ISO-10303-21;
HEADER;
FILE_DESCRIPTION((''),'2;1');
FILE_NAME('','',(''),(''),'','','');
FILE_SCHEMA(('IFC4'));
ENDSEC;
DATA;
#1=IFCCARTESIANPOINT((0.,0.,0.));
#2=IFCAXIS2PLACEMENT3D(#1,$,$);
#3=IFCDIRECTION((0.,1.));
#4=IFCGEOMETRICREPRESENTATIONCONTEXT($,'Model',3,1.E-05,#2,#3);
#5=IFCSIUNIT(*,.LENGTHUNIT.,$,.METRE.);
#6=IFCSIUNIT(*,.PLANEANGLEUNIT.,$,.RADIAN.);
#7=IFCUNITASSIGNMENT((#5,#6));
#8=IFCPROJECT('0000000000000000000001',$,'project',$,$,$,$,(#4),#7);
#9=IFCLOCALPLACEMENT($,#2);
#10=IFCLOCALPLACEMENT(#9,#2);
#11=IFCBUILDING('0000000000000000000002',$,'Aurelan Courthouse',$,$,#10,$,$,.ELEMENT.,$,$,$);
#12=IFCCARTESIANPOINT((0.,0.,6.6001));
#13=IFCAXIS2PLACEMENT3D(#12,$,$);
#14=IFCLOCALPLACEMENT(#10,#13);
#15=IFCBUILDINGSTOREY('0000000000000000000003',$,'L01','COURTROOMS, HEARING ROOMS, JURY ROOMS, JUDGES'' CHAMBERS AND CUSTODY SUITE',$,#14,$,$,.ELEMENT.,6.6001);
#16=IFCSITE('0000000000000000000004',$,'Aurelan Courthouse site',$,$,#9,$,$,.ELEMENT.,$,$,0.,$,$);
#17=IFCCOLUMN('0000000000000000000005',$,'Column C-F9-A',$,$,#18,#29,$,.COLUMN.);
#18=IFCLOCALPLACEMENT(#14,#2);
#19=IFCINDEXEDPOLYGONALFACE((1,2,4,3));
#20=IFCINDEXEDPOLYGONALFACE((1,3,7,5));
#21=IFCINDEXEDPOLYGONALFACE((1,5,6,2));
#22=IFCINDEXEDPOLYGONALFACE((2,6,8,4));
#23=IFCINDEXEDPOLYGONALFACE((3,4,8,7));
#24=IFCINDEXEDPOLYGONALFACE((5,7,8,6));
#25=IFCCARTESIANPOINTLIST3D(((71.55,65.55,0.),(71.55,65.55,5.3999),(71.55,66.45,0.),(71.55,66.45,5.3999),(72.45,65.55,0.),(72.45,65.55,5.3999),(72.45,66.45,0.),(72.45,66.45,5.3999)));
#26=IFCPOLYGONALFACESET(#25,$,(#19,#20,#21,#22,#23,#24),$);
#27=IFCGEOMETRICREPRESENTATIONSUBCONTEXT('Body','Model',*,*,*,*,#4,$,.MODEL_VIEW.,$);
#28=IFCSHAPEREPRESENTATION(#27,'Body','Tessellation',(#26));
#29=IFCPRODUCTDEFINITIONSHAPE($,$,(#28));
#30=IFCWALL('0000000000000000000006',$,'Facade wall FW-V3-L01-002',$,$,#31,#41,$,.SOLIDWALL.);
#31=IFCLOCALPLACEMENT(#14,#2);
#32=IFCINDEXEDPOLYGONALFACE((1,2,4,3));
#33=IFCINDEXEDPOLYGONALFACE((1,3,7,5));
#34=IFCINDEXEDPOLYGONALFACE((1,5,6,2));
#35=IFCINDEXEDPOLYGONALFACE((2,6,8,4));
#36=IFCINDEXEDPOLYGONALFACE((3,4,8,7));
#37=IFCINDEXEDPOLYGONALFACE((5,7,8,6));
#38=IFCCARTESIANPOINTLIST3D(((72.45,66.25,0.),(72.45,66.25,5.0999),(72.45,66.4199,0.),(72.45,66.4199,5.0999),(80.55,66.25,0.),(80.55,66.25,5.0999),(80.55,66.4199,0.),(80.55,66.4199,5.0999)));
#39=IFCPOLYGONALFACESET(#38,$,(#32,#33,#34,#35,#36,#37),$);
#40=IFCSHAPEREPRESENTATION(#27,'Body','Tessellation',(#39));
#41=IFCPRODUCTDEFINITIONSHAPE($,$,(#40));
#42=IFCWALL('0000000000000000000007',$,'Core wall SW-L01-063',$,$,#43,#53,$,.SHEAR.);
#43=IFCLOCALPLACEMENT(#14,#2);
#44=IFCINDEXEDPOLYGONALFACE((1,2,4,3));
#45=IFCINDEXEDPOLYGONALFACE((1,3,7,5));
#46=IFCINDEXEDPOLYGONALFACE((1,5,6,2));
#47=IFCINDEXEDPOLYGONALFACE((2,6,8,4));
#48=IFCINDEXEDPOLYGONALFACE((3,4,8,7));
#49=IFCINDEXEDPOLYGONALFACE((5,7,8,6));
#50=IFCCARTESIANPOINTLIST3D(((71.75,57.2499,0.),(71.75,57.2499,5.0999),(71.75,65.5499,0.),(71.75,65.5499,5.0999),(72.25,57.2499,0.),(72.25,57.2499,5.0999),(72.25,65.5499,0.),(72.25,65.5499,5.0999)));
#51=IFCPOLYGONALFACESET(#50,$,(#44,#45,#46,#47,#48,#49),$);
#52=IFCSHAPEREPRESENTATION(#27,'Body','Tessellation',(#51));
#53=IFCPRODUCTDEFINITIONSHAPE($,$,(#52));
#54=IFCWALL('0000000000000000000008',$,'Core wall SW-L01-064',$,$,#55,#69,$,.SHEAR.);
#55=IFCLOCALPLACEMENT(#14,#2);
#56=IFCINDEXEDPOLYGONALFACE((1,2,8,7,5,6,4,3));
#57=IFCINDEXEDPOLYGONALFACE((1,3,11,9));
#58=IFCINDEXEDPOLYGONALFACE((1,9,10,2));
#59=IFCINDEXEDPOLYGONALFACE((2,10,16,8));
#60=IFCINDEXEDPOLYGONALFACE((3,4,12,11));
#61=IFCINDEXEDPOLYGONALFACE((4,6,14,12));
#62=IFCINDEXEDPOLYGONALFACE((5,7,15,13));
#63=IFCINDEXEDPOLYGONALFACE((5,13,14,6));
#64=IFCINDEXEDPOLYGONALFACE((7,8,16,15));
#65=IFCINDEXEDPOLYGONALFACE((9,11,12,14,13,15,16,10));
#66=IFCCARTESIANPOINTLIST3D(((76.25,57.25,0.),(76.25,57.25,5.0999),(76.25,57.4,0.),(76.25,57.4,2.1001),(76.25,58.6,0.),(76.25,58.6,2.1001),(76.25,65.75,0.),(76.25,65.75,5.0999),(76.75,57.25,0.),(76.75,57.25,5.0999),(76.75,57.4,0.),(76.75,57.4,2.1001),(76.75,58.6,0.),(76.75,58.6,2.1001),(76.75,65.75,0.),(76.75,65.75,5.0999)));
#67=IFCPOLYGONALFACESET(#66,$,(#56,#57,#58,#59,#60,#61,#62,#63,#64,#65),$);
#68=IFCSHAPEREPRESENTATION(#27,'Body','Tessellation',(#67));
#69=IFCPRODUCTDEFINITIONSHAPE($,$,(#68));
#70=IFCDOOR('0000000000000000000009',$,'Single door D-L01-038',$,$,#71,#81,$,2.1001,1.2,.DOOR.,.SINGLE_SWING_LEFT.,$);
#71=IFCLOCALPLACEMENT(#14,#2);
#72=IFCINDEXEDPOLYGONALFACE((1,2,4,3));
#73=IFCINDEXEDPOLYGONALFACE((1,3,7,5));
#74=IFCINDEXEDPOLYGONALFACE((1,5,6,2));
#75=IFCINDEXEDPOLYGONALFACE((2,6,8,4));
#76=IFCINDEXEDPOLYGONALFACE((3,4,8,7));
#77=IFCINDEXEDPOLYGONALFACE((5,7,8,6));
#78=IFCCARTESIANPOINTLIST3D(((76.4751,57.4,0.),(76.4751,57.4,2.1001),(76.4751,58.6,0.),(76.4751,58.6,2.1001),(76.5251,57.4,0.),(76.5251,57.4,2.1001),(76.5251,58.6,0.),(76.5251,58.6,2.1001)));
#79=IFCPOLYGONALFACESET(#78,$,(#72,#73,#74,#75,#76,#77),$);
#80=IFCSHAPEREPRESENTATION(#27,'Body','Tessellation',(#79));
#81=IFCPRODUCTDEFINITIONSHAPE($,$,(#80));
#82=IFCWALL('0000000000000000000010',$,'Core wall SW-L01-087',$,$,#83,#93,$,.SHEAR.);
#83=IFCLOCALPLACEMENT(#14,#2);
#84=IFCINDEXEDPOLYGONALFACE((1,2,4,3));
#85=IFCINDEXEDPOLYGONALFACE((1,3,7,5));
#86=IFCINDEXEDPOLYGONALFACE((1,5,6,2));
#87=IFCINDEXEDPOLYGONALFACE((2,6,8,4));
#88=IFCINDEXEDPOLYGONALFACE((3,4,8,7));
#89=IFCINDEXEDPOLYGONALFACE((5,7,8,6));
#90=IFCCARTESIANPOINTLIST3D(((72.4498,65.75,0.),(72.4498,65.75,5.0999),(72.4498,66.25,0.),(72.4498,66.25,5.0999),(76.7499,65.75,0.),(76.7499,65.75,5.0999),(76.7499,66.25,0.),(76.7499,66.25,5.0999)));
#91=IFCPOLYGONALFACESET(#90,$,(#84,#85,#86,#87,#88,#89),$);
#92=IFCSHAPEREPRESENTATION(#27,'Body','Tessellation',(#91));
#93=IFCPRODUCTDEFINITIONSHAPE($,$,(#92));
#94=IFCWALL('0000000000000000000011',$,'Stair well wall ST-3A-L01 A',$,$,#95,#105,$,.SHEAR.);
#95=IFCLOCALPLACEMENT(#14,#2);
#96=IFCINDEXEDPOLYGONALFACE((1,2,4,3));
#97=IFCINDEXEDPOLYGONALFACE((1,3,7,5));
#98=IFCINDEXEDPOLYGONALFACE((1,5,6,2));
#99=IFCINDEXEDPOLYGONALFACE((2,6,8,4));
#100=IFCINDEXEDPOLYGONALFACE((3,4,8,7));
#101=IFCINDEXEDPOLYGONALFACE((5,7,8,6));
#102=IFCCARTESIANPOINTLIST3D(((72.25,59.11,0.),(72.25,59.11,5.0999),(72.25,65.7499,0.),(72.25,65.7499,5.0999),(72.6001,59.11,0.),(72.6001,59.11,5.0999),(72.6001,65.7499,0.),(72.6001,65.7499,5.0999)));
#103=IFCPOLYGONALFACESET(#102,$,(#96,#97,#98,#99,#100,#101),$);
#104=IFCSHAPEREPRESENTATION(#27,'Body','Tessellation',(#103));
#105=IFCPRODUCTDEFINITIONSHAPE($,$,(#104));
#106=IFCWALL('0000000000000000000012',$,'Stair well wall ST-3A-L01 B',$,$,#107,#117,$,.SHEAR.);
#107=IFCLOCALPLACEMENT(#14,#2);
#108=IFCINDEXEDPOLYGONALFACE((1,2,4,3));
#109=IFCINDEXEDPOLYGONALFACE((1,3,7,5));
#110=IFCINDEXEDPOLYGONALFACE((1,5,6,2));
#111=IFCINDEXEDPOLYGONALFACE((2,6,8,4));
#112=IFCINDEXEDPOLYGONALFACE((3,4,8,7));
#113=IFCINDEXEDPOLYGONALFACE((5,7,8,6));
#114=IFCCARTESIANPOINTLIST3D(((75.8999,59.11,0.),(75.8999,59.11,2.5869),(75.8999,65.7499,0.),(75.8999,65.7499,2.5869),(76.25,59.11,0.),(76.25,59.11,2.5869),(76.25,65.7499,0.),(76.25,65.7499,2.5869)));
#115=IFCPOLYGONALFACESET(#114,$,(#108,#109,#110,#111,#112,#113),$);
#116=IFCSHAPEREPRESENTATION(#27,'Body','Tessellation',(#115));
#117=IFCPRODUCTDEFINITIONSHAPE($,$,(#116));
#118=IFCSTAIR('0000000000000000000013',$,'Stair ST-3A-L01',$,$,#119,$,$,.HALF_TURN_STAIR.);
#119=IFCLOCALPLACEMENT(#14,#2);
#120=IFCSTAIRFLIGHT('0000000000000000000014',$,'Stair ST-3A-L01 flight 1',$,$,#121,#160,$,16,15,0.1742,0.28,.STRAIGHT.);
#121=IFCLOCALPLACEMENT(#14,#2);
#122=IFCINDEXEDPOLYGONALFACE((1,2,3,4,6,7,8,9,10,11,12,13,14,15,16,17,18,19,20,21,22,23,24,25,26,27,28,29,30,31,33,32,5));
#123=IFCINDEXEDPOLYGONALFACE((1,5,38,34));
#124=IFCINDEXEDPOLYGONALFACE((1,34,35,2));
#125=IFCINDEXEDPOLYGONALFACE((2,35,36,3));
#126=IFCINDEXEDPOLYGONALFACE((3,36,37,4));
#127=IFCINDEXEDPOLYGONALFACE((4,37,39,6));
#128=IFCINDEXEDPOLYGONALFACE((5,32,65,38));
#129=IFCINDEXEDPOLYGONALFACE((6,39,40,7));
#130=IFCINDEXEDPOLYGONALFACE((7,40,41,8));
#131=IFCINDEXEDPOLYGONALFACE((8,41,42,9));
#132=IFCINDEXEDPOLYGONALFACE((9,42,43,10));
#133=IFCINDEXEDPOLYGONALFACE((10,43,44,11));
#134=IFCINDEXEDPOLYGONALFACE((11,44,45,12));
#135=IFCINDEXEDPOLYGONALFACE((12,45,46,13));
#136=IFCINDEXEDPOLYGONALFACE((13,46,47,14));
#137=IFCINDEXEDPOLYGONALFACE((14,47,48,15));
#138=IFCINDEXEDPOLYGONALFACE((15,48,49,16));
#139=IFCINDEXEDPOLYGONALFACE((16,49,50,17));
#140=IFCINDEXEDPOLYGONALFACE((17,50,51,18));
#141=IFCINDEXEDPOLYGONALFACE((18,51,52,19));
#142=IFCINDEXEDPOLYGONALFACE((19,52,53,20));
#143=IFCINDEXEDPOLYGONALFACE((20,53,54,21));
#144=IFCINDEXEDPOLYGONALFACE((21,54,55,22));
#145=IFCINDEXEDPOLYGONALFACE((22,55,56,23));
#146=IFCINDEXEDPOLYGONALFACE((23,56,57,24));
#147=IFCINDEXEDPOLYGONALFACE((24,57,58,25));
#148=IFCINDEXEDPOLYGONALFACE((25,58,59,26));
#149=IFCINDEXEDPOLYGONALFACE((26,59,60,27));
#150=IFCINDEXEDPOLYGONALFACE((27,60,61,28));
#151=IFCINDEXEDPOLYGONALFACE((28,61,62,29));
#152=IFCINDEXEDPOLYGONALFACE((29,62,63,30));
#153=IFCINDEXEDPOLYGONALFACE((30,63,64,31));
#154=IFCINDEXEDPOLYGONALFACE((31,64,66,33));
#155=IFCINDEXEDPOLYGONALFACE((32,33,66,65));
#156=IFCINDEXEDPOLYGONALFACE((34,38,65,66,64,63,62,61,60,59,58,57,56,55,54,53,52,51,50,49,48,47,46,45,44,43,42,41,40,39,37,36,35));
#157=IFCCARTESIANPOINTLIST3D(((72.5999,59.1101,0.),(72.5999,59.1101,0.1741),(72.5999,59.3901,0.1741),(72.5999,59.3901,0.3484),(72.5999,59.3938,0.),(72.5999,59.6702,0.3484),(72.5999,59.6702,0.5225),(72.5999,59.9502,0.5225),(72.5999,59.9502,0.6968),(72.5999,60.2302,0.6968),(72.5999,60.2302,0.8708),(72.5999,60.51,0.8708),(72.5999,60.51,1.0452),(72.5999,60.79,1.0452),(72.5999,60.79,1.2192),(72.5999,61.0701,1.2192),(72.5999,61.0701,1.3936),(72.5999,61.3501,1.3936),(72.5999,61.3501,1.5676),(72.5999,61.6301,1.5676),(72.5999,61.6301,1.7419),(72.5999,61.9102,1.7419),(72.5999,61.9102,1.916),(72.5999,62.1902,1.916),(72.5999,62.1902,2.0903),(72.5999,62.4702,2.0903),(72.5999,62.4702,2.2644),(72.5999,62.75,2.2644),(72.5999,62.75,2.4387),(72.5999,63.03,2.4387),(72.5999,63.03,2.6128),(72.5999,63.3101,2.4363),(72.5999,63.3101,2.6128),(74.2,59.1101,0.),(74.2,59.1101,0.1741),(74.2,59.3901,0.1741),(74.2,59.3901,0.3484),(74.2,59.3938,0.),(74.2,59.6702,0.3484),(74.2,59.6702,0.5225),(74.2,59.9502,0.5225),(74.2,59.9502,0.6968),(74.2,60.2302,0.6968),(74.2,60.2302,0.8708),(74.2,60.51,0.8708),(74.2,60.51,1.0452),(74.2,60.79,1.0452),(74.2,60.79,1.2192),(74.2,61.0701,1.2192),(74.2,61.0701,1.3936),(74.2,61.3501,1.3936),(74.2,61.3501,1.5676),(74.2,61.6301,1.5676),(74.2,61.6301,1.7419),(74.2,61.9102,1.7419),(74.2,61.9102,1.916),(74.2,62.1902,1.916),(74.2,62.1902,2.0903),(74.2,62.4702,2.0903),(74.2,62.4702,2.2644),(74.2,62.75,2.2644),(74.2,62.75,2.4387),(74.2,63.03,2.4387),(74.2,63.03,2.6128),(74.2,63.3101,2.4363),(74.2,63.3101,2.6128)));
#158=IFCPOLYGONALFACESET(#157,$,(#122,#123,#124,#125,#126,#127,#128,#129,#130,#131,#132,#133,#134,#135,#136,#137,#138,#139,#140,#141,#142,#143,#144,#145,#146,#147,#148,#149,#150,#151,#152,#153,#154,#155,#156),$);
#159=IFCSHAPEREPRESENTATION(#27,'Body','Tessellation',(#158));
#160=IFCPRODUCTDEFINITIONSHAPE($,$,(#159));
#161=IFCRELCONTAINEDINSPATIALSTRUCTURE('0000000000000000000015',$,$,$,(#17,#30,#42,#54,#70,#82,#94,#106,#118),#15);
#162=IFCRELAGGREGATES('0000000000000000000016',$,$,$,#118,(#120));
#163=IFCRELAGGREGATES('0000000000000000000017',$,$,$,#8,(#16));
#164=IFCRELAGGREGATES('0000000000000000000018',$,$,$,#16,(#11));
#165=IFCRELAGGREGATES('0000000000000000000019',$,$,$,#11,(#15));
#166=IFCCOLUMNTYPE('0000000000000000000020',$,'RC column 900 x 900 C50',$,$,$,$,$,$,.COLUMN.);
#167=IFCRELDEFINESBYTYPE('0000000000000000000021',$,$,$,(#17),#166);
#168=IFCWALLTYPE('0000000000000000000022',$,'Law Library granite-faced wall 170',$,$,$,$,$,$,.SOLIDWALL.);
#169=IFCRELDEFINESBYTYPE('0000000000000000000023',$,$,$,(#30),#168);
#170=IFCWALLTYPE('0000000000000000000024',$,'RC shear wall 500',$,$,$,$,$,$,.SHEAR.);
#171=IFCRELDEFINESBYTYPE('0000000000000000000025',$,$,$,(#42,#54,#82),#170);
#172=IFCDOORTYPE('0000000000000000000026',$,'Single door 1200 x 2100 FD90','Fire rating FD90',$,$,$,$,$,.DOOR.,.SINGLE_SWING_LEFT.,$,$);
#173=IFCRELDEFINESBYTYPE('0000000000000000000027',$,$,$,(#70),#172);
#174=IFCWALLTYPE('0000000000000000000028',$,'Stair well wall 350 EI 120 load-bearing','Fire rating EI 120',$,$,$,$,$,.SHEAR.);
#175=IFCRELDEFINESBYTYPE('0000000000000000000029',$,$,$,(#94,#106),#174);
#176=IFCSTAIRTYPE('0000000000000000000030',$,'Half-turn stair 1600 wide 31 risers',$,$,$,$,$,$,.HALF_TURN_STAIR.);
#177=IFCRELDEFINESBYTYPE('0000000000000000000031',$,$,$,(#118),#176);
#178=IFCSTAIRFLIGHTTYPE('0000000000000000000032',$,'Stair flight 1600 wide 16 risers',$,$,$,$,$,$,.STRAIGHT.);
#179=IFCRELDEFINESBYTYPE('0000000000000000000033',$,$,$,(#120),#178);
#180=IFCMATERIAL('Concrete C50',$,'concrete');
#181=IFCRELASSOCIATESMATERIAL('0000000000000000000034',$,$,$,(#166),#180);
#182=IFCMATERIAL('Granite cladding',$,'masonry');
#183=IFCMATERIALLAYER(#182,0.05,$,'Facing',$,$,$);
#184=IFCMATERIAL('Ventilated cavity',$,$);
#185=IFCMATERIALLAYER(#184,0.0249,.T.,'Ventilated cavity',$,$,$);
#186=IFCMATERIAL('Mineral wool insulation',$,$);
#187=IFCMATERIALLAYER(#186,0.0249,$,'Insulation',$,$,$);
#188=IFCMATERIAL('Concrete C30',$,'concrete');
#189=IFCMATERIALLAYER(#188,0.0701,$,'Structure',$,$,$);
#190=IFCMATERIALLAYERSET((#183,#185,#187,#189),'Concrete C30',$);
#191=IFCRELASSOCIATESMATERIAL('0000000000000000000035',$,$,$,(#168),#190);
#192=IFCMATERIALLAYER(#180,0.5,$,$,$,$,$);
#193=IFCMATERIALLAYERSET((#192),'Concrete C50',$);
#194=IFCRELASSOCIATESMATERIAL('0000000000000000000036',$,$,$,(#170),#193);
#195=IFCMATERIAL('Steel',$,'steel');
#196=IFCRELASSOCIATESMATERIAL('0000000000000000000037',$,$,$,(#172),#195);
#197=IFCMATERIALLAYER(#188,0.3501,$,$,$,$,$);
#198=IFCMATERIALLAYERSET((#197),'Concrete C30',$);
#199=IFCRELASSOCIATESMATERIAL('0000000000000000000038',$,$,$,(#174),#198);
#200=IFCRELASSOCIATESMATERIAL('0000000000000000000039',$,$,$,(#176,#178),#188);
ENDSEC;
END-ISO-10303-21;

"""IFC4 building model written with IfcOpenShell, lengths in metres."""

from ifc_helpers import new_model, si_unit, direction, frame, frame_2d, origin, origin_2d, place, context, subcontext, project, spatial, polyline, rectangle, outline, extrude, material, layer, layer_set, material_profile, profile_set, type_object, element, fill, aggregate, save


model = new_model("IFC4")

# Units and contexts
model_context = context("Model", 3, precision=1e-05, world=origin(), true_north=direction((0.0, 1.0)))
body_context = subcontext(model_context, "Body", "Model", "MODEL_VIEW")
ifc_project = project(units=[si_unit("LENGTHUNIT", "METRE"), si_unit("PLANEANGLEUNIT", "RADIAN")], contexts=[model_context])

# Site, building, storey
site_placement = place(None, origin())
site = spatial("IfcSite", under=ifc_project, at=site_placement, Name="Aurelan Courthouse site", CompositionType="ELEMENT", RefElevation=0.0)
building_placement = place(site_placement, origin())
building = spatial("IfcBuilding", under=site, at=building_placement, Name="Aurelan Courthouse", CompositionType="ELEMENT")
storey_placement = place(building_placement, frame((0.0, 0.0, 6.6001)))
storey = spatial("IfcBuildingStorey", under=building, at=storey_placement, Name="L01", Description="COURTROOMS, HEARING ROOMS, JURY ROOMS, JUDGES' CHAMBERS AND CUSTODY SUITE", CompositionType="ELEMENT", Elevation=6.6001)

# Column
ifc_material_1 = material(Name="Concrete C50", Category="concrete")
ifc_material_profile = material_profile(ifc_material_1, rectangle(XDim=0.8999, YDim=0.8999, at=origin_2d()), Name="RC 900 x 900")
ifc_profile_set = profile_set([ifc_material_profile], Name="Concrete C50")
column_type = type_object("IfcColumnType", Name="RC column 900 x 900 C50", PredefinedType="COLUMN", material=ifc_profile_set)
column_placement = place(storey_placement, frame((72.0, 66.0, 0.0), z_axis=(0.0, 0.0, 1.0), x_axis=(1.0, 0.0, 0.0)))
element("IfcColumn", 1, at=column_placement, inside=storey, type_object=column_type, Name="Column C-F9-A", PredefinedType="COLUMN", context=body_context, shape_type="SweptSolid", body=[
    extrude(rectangle(XDim=0.8999, YDim=0.8999, at=origin_2d()), origin(), (0.0, 0.0, 1.0), 5.3999),
])

# Walls
ifc_material_2 = material(Name="Granite cladding", Category="masonry")
ifc_layer_1 = layer(ifc_material_2, 0.05, Name="Facing")
ifc_material_3 = material(Name="Ventilated cavity")
ifc_layer_2 = layer(ifc_material_3, 0.0249, ventilated=True, Name="Ventilated cavity")
ifc_material_4 = material(Name="Mineral wool insulation")
ifc_layer_3 = layer(ifc_material_4, 0.0249, Name="Insulation")
ifc_material_5 = material(Name="Concrete C30", Category="concrete")
ifc_layer_4 = layer(ifc_material_5, 0.0701, Name="Structure")
ifc_layer_set_1 = layer_set([ifc_layer_1, ifc_layer_2, ifc_layer_3, ifc_layer_4], Name="Concrete C30")
wall_type_1 = type_object("IfcWallType", Name="Law Library granite-faced wall 170", PredefinedType="SOLIDWALL", material=ifc_layer_set_1)
wall_1_placement = place(storey_placement, frame((72.45, 66.335, 0.0), z_axis=(0.0, 0.0, 1.0), x_axis=(1.0, 0.0, 0.0)))
element("IfcWall", 2, at=wall_1_placement, inside=storey, type_object=wall_type_1, Name="Facade wall FW-V3-L01-002", PredefinedType="SOLIDWALL", context=body_context, shape_type="SweptSolid", body=[
    extrude(rectangle(XDim=8.1001, YDim=0.1699, at=frame_2d((4.05, 0.0))), origin(), (0.0, 0.0, 1.0), 5.0999),
])
ifc_layer_5 = layer(ifc_material_1, 0.5)
ifc_layer_set_2 = layer_set([ifc_layer_5], Name="Concrete C50")
wall_type_2 = type_object("IfcWallType", Name="RC shear wall 500", PredefinedType="SHEAR", material=ifc_layer_set_2)
wall_2_placement = place(storey_placement, frame((72.0, 57.25, 0.0), z_axis=(0.0, 0.0, 1.0), x_axis=(0.0, 1.0, 0.0)))
element("IfcWall", 3, at=wall_2_placement, inside=storey, type_object=wall_type_2, Name="Core wall SW-L01-063", PredefinedType="SHEAR", context=body_context, shape_type="SweptSolid", body=[
    extrude(rectangle(XDim=8.3, YDim=0.5, at=frame_2d((4.1499, 0.0))), origin(), (0.0, 0.0, 1.0), 5.0999),
])

# Wall, opening, door
wall_3_placement = place(storey_placement, frame((76.5, 57.25, 0.0), z_axis=(0.0, 0.0, 1.0), x_axis=(0.0, 1.0, 0.0)))
wall_3 = element("IfcWall", 4, at=wall_3_placement, inside=storey, type_object=wall_type_2, Name="Core wall SW-L01-064", PredefinedType="SHEAR", context=body_context, shape_type="SweptSolid", body=[
    extrude(rectangle(XDim=8.5, YDim=0.5, at=frame_2d((4.25, 0.0))), origin(), (0.0, 0.0, 1.0), 5.0999),
])
opening_placement = place(wall_3_placement, frame((0.1499, 0.0, 0.0)))
opening = element("IfcOpeningElement", 5, at=opening_placement, cuts=wall_3, PredefinedType="OPENING", context=body_context, shape_type="SweptSolid", body=[
    extrude(rectangle(XDim=1.2, YDim=2.1001, at=frame_2d((0.6001, 1.05))), frame((0.0, 0.26, 0.0), z_axis=(0.0, -1.0, 0.0), x_axis=(1.0, 0.0, 0.0)), (0.0, 0.0, 1.0), 0.52),
])
ifc_material_6 = material(Name="Steel", Category="steel")
door_type = type_object("IfcDoorType", Name="Single door 1200 x 2100 FD90", Description="Fire rating FD90", OperationType="SINGLE_SWING_LEFT", PredefinedType="DOOR", material=ifc_material_6)
door_placement = place(opening_placement, origin())
door = element("IfcDoor", 6, at=door_placement, inside=storey, type_object=door_type, Name="Single door D-L01-038", OperationType="SINGLE_SWING_LEFT", OverallHeight=2.1001, OverallWidth=1.2, PredefinedType="DOOR", context=body_context, shape_type="SweptSolid", body=[
    extrude(rectangle(XDim=1.2, YDim=2.1001, at=frame_2d((0.6001, 1.05))), frame((0.0, 0.0249, 0.0), z_axis=(0.0, -1.0, 0.0), x_axis=(1.0, 0.0, 0.0)), (0.0, 0.0, 1.0), 0.05),
])
fill(opening, door)

# Walls
wall_4_placement = place(storey_placement, frame((72.45, 66.0, 0.0), z_axis=(0.0, 0.0, 1.0), x_axis=(1.0, 0.0, 0.0)))
element("IfcWall", 7, at=wall_4_placement, inside=storey, type_object=wall_type_2, Name="Core wall SW-L01-087", PredefinedType="SHEAR", context=body_context, shape_type="SweptSolid", body=[
    extrude(rectangle(XDim=4.3, YDim=0.5, at=frame_2d((2.1499, 0.0))), origin(), (0.0, 0.0, 1.0), 5.0999),
])
ifc_layer_6 = layer(ifc_material_5, 0.3501)
ifc_layer_set_3 = layer_set([ifc_layer_6], Name="Concrete C30")
wall_type_3 = type_object("IfcWallType", Name="Stair well wall 350 EI 120 load-bearing", Description="Fire rating EI 120", PredefinedType="SHEAR", material=ifc_layer_set_3)
wall_5_placement = place(storey_placement, frame((72.425, 59.1101, 0.0), z_axis=(0.0, 0.0, 1.0), x_axis=(0.0, 1.0, 0.0)))
element("IfcWall", 8, at=wall_5_placement, inside=storey, type_object=wall_type_3, Name="Stair well wall ST-3A-L01 A", PredefinedType="SHEAR", context=body_context, shape_type="SweptSolid", body=[
    extrude(rectangle(XDim=6.6399, YDim=0.3501, at=frame_2d((3.3198, 0.0))), origin(), (0.0, 0.0, 1.0), 5.0999),
])
wall_6_placement = place(storey_placement, frame((76.075, 59.1101, 0.0), z_axis=(0.0, 0.0, 1.0), x_axis=(0.0, 1.0, 0.0)))
element("IfcWall", 9, at=wall_6_placement, inside=storey, type_object=wall_type_3, Name="Stair well wall ST-3A-L01 B", PredefinedType="SHEAR", context=body_context, shape_type="SweptSolid", body=[
    extrude(rectangle(XDim=6.6399, YDim=0.3501, at=frame_2d((3.3198, 0.0))), origin(), (0.0, 0.0, 1.0), 2.5869),
])

# Stair, stair flight
stair_type = type_object("IfcStairType", Name="Half-turn stair 1600 wide 31 risers", PredefinedType="HALF_TURN_STAIR", material=ifc_material_5)
stair_placement = place(storey_placement, origin())
stair = element("IfcStair", 10, at=stair_placement, inside=storey, type_object=stair_type, Name="Stair ST-3A-L01", PredefinedType="HALF_TURN_STAIR")
stair_flight_type = type_object("IfcStairFlightType", Name="Stair flight 1600 wide 16 risers", PredefinedType="STRAIGHT", material=ifc_material_5)
stair_flight_1_placement = place(storey_placement, frame((73.3999, 59.1101, 0.0), z_axis=(0.0, 0.0, 1.0), x_axis=(0.0, 1.0, 0.0)))
stair_flight_1 = element("IfcStairFlight", 11, at=stair_flight_1_placement, type_object=stair_flight_type, Name="Stair ST-3A-L01 flight 1", NumberOfRisers=16, NumberOfTreads=15, PredefinedType="STRAIGHT", RiserHeight=0.1742, TreadLength=0.28, context=body_context, shape_type="SweptSolid", body=[
    extrude(outline(polyline([(0.0, 0.0), (0.0, 0.1741), (0.28, 0.1741), (0.28, 0.3484), (0.5601, 0.3484), (0.5601, 0.5225), (0.8401, 0.5225), (0.8401, 0.6968), (1.1201, 0.6968), (1.1201, 0.8708), (1.3999, 0.8708), (1.3999, 1.0452), (1.6799, 1.0452), (1.6799, 1.2192), (1.96, 1.2192), (1.96, 1.3936), (2.24, 1.3936), (2.24, 1.5676), (2.52, 1.5676), (2.52, 1.7419), (2.8, 1.7419), (2.8, 1.916), (3.0801, 1.916), (3.0801, 2.0903), (3.3601, 2.0903), (3.3601, 2.2644), (3.6399, 2.2644), (3.6399, 2.4387), (3.9199, 2.4387), (3.9199, 2.6128), (4.2, 2.6128), (4.2, 2.7871), (4.2, 2.4363), (0.2837, 0.0), (0.0, 0.0)])), frame((0.0, 0.8, 0.0), z_axis=(0.0, -1.0, 0.0), x_axis=(1.0, 0.0, 0.0)), (0.0, 0.0, 1.0), 1.6001),
])
aggregate(stair, [stair_flight_1])

save(model, "model.ifc")
